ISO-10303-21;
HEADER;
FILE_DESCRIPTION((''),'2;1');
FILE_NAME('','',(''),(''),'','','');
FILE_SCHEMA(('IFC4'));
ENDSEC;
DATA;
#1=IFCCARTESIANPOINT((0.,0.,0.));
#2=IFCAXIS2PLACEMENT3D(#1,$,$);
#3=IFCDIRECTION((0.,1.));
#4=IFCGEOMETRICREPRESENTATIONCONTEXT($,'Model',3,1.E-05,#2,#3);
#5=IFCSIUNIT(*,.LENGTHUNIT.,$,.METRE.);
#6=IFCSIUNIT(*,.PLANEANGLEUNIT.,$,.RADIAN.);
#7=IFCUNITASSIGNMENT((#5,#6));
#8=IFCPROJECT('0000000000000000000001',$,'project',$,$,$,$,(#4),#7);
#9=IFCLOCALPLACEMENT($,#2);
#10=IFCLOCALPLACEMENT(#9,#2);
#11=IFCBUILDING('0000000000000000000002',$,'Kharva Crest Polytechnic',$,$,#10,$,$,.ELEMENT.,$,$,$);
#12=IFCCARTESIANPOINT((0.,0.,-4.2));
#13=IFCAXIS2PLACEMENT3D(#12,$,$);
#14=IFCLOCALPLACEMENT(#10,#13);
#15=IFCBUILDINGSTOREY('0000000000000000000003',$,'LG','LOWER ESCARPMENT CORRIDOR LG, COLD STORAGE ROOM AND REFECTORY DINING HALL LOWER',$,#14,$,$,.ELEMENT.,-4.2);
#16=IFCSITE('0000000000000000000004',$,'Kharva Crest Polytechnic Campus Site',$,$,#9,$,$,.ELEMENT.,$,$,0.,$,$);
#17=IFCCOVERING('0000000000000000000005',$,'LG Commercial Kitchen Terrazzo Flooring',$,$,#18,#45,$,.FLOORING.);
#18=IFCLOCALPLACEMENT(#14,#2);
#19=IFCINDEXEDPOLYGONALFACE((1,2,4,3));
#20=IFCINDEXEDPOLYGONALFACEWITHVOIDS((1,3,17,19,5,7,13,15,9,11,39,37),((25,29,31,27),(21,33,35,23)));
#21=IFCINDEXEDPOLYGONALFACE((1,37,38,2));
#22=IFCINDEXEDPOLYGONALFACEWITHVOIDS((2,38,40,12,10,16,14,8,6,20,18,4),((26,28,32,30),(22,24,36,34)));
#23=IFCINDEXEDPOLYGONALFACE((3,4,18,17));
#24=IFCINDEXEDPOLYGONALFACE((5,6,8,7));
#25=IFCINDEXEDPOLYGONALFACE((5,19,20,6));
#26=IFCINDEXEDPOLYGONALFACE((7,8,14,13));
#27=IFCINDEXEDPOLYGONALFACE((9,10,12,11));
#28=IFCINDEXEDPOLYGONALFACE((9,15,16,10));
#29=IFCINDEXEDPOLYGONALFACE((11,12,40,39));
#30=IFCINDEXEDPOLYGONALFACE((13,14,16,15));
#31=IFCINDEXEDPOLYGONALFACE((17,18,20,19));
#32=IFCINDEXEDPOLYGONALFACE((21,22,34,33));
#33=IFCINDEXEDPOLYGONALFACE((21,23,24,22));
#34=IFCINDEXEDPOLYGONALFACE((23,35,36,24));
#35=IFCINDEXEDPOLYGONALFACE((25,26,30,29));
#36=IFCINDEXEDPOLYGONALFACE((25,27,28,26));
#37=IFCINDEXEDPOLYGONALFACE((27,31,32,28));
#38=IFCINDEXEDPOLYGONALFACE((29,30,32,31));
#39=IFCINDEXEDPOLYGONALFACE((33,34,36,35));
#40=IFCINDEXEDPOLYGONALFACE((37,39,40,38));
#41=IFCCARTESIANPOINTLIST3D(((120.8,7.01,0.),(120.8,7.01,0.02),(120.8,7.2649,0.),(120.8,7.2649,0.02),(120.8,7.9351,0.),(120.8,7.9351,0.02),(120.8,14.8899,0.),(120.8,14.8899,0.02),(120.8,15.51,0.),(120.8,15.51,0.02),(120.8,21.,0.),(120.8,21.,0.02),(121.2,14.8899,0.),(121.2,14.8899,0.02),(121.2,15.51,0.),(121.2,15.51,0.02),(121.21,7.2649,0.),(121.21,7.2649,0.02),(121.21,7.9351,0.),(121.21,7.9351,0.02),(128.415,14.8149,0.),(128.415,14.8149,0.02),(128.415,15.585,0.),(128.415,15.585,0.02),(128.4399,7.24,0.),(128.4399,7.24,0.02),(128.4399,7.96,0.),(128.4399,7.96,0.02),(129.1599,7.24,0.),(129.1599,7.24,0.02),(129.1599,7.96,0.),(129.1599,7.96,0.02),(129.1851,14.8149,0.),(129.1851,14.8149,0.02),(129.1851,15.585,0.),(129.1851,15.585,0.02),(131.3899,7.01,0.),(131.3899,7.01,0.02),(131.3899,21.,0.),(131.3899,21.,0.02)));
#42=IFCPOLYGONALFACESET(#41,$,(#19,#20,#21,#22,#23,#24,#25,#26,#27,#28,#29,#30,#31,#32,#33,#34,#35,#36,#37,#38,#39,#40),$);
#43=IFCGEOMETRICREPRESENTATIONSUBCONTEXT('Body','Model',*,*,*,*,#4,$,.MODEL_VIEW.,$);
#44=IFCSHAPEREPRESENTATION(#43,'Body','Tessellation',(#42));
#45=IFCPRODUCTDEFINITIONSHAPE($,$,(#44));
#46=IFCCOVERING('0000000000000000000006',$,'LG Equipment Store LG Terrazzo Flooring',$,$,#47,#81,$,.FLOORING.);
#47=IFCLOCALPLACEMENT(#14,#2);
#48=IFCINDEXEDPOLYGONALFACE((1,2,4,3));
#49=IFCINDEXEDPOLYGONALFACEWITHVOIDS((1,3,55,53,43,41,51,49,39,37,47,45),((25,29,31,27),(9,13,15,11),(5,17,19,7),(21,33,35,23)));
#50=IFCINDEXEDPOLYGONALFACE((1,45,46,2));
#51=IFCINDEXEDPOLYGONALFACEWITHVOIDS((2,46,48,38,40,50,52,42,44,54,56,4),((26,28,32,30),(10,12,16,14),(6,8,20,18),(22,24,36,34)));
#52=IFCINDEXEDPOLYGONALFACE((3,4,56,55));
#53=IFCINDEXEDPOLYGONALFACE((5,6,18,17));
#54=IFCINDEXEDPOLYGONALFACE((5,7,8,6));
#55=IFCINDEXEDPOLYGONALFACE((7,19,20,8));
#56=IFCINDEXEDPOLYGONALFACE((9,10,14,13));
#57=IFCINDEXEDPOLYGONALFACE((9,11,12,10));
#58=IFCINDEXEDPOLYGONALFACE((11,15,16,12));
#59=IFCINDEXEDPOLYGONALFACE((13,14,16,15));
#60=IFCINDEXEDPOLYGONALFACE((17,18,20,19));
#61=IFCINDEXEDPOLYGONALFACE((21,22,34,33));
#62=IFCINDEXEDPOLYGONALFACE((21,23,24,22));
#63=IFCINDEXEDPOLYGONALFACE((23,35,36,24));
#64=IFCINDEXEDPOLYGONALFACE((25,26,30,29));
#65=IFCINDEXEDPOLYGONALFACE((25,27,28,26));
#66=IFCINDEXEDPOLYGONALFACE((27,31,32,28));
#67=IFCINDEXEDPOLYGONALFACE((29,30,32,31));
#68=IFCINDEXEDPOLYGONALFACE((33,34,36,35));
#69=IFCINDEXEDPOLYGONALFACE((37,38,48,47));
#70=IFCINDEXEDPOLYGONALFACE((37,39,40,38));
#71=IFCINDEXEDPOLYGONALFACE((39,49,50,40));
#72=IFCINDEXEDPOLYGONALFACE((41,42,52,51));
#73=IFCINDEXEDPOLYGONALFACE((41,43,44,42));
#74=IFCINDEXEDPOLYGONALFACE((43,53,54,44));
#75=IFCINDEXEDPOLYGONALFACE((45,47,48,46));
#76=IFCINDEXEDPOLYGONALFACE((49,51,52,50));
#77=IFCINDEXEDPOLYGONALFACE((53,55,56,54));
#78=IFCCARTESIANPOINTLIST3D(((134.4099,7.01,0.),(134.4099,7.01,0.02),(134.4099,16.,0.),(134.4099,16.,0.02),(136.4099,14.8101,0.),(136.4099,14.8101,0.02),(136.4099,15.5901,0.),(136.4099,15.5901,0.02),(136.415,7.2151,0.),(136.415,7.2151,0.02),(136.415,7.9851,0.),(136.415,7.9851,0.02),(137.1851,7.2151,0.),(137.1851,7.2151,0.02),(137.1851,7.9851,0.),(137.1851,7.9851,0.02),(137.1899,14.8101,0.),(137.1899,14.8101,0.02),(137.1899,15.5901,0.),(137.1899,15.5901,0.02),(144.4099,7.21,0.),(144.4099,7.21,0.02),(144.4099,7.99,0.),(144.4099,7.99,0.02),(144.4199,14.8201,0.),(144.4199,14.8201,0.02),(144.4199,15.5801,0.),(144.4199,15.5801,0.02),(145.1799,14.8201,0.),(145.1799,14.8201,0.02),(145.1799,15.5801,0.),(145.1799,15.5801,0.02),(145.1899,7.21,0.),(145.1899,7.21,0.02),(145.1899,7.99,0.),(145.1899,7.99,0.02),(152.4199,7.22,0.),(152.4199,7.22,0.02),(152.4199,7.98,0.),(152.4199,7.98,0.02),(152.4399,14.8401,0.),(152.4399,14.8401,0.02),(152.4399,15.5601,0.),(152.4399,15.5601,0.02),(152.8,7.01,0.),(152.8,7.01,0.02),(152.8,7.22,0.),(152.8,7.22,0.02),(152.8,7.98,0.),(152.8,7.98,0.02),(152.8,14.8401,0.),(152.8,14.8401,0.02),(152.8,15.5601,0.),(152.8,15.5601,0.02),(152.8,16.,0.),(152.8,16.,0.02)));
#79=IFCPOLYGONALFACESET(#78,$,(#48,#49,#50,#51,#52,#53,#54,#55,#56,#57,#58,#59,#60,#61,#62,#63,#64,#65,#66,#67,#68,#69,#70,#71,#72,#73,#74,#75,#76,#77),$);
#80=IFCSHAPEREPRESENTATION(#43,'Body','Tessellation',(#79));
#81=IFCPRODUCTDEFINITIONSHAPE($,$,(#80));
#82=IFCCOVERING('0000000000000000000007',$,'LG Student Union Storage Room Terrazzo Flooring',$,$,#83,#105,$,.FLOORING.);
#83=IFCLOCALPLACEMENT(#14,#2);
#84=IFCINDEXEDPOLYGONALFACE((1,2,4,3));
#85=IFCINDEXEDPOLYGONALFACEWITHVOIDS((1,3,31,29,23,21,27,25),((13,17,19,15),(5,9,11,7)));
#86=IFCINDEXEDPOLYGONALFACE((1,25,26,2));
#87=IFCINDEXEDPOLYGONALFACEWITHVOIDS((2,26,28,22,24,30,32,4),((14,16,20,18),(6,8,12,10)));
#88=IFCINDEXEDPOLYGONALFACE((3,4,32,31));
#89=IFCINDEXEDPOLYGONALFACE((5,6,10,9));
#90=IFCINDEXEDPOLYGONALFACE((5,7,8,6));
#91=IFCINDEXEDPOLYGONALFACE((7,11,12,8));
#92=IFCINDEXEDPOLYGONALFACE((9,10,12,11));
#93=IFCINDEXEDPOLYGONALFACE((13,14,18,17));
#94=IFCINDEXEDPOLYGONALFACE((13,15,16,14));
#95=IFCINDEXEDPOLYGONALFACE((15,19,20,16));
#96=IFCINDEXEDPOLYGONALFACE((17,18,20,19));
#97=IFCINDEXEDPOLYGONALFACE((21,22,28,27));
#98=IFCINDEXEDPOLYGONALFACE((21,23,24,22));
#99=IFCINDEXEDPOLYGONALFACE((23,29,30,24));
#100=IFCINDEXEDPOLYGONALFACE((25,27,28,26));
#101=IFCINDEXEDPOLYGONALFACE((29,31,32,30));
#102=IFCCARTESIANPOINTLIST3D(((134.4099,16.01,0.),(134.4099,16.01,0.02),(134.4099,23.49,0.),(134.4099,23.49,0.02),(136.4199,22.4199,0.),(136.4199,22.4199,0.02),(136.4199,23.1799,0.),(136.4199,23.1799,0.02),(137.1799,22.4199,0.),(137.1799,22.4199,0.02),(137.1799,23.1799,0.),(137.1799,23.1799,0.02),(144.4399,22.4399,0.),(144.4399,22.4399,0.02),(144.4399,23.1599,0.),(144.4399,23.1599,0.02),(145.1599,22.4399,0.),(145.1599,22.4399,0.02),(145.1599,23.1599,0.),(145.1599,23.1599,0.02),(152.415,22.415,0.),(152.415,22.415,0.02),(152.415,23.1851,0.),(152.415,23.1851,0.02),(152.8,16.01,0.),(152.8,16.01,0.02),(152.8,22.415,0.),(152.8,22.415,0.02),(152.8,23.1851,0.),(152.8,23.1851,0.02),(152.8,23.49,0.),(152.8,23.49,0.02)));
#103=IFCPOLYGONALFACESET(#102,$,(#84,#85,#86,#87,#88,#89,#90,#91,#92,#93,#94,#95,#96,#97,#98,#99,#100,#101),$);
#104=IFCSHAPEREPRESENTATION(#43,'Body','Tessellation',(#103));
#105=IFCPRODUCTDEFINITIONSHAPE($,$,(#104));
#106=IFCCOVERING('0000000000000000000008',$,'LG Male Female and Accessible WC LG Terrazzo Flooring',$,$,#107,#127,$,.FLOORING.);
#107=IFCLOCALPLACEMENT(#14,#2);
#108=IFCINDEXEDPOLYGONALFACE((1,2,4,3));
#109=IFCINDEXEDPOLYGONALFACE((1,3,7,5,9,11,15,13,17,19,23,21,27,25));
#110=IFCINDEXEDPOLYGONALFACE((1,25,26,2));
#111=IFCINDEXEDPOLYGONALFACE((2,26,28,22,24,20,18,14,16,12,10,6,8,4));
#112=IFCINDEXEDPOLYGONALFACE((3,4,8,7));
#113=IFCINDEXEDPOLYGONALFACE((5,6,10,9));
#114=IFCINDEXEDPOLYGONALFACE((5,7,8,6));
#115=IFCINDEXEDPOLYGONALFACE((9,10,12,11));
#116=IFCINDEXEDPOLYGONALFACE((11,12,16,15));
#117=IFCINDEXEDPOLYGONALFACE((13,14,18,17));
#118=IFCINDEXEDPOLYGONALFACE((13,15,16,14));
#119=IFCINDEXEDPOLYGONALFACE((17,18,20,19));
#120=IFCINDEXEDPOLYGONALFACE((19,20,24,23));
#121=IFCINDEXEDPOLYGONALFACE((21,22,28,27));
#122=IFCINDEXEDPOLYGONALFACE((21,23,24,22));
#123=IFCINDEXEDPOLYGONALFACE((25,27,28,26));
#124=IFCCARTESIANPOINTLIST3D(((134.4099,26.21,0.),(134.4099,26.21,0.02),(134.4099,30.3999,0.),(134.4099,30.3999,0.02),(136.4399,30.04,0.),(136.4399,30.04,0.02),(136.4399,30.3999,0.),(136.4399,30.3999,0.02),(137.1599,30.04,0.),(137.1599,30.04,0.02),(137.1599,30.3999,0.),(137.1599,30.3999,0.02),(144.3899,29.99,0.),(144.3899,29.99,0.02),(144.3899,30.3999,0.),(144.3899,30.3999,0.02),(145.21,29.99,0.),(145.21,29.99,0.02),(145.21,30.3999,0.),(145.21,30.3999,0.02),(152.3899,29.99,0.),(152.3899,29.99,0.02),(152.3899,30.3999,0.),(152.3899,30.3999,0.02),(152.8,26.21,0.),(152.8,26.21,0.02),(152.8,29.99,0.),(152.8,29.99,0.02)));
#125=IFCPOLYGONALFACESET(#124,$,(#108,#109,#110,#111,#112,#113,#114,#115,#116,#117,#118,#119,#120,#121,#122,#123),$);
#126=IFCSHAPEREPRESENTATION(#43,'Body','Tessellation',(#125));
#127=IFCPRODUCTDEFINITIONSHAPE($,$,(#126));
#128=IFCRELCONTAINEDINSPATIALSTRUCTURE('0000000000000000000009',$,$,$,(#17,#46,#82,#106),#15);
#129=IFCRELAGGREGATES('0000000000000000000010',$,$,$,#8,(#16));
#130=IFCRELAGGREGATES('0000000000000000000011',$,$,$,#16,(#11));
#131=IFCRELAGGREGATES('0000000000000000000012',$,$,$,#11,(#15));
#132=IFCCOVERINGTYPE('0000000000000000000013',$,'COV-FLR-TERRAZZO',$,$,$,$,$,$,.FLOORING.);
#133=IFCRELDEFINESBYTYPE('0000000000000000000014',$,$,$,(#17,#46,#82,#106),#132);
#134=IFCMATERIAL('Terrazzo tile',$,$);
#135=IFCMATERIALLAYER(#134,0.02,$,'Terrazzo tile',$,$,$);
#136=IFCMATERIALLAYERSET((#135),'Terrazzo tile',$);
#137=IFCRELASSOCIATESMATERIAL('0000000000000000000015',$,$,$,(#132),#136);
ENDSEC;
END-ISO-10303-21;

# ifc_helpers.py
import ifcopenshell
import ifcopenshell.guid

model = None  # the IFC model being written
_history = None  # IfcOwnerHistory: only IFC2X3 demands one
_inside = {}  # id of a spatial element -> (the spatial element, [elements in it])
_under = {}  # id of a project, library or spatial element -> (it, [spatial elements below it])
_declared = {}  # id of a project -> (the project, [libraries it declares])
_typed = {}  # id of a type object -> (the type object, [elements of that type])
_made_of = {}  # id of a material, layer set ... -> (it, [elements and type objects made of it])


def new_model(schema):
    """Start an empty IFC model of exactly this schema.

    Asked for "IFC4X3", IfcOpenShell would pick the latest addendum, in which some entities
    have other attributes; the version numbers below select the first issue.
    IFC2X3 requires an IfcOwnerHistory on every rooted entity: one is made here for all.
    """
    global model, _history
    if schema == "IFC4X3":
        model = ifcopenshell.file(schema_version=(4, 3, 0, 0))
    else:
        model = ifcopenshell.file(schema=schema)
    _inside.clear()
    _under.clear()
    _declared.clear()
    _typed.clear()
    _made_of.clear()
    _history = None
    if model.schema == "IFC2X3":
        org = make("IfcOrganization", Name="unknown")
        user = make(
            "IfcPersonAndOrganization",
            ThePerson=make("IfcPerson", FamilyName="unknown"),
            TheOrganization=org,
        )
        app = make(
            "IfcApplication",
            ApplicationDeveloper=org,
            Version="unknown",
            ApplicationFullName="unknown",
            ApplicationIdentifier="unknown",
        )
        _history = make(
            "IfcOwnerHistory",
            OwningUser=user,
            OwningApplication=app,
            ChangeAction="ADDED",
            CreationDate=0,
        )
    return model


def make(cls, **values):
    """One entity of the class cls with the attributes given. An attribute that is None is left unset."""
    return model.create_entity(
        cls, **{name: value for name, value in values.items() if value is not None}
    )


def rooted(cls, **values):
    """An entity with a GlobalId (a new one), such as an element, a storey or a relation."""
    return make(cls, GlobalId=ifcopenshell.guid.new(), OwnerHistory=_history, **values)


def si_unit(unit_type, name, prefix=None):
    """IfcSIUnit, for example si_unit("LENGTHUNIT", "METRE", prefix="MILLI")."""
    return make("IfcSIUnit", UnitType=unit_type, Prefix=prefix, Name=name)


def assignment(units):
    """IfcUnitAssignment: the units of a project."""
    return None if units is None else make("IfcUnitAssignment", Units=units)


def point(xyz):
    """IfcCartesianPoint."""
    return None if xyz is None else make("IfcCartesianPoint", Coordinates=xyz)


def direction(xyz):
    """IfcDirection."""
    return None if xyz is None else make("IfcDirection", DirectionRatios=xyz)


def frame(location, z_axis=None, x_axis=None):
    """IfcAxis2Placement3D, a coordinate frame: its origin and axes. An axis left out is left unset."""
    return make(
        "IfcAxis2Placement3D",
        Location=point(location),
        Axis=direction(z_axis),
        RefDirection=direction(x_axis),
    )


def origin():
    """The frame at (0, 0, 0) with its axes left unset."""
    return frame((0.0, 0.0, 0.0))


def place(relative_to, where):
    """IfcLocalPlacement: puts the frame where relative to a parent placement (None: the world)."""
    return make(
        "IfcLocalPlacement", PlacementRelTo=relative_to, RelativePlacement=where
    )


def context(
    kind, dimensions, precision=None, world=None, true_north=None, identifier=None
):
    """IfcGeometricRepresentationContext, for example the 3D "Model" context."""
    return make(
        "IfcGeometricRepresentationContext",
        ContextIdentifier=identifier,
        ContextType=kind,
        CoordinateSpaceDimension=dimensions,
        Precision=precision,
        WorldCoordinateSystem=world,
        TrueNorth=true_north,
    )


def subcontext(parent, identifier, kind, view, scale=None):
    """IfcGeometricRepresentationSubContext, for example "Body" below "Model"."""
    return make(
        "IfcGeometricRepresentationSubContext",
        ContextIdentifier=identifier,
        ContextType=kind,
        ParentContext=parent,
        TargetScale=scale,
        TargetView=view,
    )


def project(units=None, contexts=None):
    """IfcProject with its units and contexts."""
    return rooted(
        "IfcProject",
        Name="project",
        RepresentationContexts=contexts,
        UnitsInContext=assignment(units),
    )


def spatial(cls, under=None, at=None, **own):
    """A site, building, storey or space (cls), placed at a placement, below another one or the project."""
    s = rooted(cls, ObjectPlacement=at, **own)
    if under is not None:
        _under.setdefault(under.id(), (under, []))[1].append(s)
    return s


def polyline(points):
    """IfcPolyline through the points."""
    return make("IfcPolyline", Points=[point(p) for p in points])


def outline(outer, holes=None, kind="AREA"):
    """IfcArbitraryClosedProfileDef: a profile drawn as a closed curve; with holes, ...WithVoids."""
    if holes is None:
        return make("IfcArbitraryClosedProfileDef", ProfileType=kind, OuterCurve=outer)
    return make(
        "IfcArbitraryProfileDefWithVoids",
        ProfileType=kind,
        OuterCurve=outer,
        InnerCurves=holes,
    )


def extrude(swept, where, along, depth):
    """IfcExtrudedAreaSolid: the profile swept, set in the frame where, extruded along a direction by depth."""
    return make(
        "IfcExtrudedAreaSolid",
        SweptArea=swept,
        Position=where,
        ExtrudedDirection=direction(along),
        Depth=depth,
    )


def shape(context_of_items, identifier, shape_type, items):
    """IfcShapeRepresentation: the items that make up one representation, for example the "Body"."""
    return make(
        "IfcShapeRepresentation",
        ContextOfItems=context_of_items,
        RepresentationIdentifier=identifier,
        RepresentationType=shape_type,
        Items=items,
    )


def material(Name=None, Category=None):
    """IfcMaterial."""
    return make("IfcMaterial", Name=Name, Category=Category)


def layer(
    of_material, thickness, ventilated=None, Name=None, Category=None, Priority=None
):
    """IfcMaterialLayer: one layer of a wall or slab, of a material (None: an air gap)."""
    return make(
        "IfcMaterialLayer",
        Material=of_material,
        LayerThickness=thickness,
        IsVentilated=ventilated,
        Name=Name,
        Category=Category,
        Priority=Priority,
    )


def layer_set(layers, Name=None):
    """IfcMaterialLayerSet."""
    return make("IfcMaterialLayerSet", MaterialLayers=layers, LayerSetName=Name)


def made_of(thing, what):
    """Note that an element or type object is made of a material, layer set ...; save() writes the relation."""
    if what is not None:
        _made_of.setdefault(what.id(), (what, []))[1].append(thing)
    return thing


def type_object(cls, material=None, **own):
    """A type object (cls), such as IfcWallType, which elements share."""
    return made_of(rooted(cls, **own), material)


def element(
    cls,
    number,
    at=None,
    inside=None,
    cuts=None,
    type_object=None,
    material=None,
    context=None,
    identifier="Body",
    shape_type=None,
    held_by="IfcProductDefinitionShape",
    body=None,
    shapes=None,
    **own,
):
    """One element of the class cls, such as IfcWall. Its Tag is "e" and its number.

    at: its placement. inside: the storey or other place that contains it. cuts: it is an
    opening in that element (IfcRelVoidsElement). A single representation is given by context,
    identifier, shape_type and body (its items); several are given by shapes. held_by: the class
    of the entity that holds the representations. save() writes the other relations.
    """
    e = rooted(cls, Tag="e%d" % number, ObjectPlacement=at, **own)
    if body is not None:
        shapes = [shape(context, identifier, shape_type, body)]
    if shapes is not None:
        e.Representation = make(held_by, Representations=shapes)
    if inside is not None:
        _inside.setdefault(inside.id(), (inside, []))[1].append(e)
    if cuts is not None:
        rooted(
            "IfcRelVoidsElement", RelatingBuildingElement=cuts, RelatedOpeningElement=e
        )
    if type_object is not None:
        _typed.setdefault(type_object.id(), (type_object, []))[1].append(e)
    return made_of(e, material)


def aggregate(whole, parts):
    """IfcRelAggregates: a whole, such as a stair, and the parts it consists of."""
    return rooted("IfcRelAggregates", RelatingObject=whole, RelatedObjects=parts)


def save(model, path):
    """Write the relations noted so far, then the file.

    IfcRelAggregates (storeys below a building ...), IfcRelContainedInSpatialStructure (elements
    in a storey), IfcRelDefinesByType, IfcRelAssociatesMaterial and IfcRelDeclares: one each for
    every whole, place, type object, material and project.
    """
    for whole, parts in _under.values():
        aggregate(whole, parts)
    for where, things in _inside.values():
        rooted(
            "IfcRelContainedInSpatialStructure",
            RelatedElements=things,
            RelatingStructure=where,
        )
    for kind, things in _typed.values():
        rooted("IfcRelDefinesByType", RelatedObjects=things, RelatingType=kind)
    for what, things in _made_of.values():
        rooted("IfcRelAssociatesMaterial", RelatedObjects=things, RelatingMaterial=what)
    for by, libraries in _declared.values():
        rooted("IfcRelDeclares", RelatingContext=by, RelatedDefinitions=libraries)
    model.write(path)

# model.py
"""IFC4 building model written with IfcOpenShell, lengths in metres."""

from ifc_helpers import new_model, si_unit, direction, frame, origin, place, context, subcontext, project, spatial, polyline, outline, extrude, material, layer, layer_set, type_object, element, save


model = new_model("IFC4")

# Units and contexts
model_context = context("Model", 3, precision=1e-05, world=origin(), true_north=direction((0.0, 1.0)))
body_context = subcontext(model_context, "Body", "Model", "MODEL_VIEW")
ifc_project = project(units=[si_unit("LENGTHUNIT", "METRE"), si_unit("PLANEANGLEUNIT", "RADIAN")], contexts=[model_context])

# Site, building, storey
site_placement = place(None, origin())
site = spatial("IfcSite", under=ifc_project, at=site_placement, Name="Kharva Crest Polytechnic Campus Site", CompositionType="ELEMENT", RefElevation=0.0)
building_placement = place(site_placement, origin())
building = spatial("IfcBuilding", under=site, at=building_placement, Name="Kharva Crest Polytechnic", CompositionType="ELEMENT")
storey_placement = place(building_placement, frame((0.0, 0.0, -4.2)))
storey = spatial("IfcBuildingStorey", under=building, at=storey_placement, Name="LG", Description="LOWER ESCARPMENT CORRIDOR LG, COLD STORAGE ROOM AND REFECTORY DINING HALL LOWER", CompositionType="ELEMENT", Elevation=-4.2)

# Coverings
ifc_material_1 = material(Name="Terrazzo tile")
ifc_layer_1 = layer(ifc_material_1, 0.02, Name="Terrazzo tile")
ifc_layer_set_1 = layer_set([ifc_layer_1], Name="Terrazzo tile")
covering_type_1 = type_object("IfcCoveringType", Name="COV-FLR-TERRAZZO", PredefinedType="FLOORING", material=ifc_layer_set_1)
covering_1_placement = place(storey_placement, origin())
element("IfcCovering", 1, at=covering_1_placement, inside=storey, type_object=covering_type_1, Name="LG Commercial Kitchen Terrazzo Flooring", PredefinedType="FLOORING", context=body_context, shape_type="SweptSolid", body=[
    extrude(outline(polyline([(120.8, 7.2649), (121.21, 7.2649), (121.21, 7.9351), (120.8, 7.9351), (120.8, 14.8899), (121.2, 14.8899), (121.2, 15.51), (120.8, 15.51), (120.8, 21.0), (131.3899, 21.0), (131.3899, 7.01), (120.8, 7.01), (120.8, 7.2649)]), holes=[polyline([(129.1599, 7.24), (129.1599, 7.96), (128.4399, 7.96), (128.4399, 7.24), (129.1599, 7.24)]), polyline([(129.1851, 15.585), (128.415, 15.585), (128.415, 14.8149), (129.1851, 14.8149), (129.1851, 15.585)])]), origin(), (0.0, 0.0, 1.0), 0.02),
])
covering_2_placement = place(storey_placement, origin())
element("IfcCovering", 2, at=covering_2_placement, inside=storey, type_object=covering_type_1, Name="LG Equipment Store LG Terrazzo Flooring", PredefinedType="FLOORING", context=body_context, shape_type="SweptSolid", body=[
    extrude(outline(polyline([(152.8, 16.0), (152.8, 15.5601), (152.4399, 15.5601), (152.4399, 14.8401), (152.8, 14.8401), (152.8, 7.98), (152.4199, 7.98), (152.4199, 7.22), (152.8, 7.22), (152.8, 7.01), (134.4099, 7.01), (134.4099, 16.0), (152.8, 16.0)]), holes=[polyline([(137.1851, 7.2151), (137.1851, 7.9851), (136.415, 7.9851), (136.415, 7.2151), (137.1851, 7.2151)]), polyline([(145.1899, 7.21), (145.1899, 7.99), (144.4099, 7.99), (144.4099, 7.21), (145.1899, 7.21)]), polyline([(137.1899, 15.5901), (136.4099, 15.5901), (136.4099, 14.8101), (137.1899, 14.8101), (137.1899, 15.5901)]), polyline([(145.1799, 15.5801), (144.4199, 15.5801), (144.4199, 14.8201), (145.1799, 14.8201), (145.1799, 15.5801)])]), origin(), (0.0, 0.0, 1.0), 0.02),
])
covering_3_placement = place(storey_placement, origin())
element("IfcCovering", 3, at=covering_3_placement, inside=storey, type_object=covering_type_1, Name="LG Student Union Storage Room Terrazzo Flooring", PredefinedType="FLOORING", context=body_context, shape_type="SweptSolid", body=[
    extrude(outline(polyline([(152.8, 23.1851), (152.415, 23.1851), (152.415, 22.415), (152.8, 22.415), (152.8, 16.01), (134.4099, 16.01), (134.4099, 23.49), (152.8, 23.49), (152.8, 23.1851)]), holes=[polyline([(137.1799, 23.1799), (136.4199, 23.1799), (136.4199, 22.4199), (137.1799, 22.4199), (137.1799, 23.1799)]), polyline([(145.1599, 22.4399), (145.1599, 23.1599), (144.4399, 23.1599), (144.4399, 22.4399), (145.1599, 22.4399)])]), origin(), (0.0, 0.0, 1.0), 0.02),
])
covering_4_placement = place(storey_placement, origin())
element("IfcCovering", 4, at=covering_4_placement, inside=storey, type_object=covering_type_1, Name="LG Male Female and Accessible WC LG Terrazzo Flooring", PredefinedType="FLOORING", context=body_context, shape_type="SweptSolid", body=[
    extrude(outline(polyline([(136.4399, 30.3999), (136.4399, 30.04), (137.1599, 30.04), (137.1599, 30.3999), (144.3899, 30.3999), (144.3899, 29.99), (145.21, 29.99), (145.21, 30.3999), (152.3899, 30.3999), (152.3899, 29.99), (152.8, 29.99), (152.8, 26.21), (134.4099, 26.21), (134.4099, 30.3999), (136.4399, 30.3999)])), origin(), (0.0, 0.0, 1.0), 0.02),
])

save(model, "model.ifc")
